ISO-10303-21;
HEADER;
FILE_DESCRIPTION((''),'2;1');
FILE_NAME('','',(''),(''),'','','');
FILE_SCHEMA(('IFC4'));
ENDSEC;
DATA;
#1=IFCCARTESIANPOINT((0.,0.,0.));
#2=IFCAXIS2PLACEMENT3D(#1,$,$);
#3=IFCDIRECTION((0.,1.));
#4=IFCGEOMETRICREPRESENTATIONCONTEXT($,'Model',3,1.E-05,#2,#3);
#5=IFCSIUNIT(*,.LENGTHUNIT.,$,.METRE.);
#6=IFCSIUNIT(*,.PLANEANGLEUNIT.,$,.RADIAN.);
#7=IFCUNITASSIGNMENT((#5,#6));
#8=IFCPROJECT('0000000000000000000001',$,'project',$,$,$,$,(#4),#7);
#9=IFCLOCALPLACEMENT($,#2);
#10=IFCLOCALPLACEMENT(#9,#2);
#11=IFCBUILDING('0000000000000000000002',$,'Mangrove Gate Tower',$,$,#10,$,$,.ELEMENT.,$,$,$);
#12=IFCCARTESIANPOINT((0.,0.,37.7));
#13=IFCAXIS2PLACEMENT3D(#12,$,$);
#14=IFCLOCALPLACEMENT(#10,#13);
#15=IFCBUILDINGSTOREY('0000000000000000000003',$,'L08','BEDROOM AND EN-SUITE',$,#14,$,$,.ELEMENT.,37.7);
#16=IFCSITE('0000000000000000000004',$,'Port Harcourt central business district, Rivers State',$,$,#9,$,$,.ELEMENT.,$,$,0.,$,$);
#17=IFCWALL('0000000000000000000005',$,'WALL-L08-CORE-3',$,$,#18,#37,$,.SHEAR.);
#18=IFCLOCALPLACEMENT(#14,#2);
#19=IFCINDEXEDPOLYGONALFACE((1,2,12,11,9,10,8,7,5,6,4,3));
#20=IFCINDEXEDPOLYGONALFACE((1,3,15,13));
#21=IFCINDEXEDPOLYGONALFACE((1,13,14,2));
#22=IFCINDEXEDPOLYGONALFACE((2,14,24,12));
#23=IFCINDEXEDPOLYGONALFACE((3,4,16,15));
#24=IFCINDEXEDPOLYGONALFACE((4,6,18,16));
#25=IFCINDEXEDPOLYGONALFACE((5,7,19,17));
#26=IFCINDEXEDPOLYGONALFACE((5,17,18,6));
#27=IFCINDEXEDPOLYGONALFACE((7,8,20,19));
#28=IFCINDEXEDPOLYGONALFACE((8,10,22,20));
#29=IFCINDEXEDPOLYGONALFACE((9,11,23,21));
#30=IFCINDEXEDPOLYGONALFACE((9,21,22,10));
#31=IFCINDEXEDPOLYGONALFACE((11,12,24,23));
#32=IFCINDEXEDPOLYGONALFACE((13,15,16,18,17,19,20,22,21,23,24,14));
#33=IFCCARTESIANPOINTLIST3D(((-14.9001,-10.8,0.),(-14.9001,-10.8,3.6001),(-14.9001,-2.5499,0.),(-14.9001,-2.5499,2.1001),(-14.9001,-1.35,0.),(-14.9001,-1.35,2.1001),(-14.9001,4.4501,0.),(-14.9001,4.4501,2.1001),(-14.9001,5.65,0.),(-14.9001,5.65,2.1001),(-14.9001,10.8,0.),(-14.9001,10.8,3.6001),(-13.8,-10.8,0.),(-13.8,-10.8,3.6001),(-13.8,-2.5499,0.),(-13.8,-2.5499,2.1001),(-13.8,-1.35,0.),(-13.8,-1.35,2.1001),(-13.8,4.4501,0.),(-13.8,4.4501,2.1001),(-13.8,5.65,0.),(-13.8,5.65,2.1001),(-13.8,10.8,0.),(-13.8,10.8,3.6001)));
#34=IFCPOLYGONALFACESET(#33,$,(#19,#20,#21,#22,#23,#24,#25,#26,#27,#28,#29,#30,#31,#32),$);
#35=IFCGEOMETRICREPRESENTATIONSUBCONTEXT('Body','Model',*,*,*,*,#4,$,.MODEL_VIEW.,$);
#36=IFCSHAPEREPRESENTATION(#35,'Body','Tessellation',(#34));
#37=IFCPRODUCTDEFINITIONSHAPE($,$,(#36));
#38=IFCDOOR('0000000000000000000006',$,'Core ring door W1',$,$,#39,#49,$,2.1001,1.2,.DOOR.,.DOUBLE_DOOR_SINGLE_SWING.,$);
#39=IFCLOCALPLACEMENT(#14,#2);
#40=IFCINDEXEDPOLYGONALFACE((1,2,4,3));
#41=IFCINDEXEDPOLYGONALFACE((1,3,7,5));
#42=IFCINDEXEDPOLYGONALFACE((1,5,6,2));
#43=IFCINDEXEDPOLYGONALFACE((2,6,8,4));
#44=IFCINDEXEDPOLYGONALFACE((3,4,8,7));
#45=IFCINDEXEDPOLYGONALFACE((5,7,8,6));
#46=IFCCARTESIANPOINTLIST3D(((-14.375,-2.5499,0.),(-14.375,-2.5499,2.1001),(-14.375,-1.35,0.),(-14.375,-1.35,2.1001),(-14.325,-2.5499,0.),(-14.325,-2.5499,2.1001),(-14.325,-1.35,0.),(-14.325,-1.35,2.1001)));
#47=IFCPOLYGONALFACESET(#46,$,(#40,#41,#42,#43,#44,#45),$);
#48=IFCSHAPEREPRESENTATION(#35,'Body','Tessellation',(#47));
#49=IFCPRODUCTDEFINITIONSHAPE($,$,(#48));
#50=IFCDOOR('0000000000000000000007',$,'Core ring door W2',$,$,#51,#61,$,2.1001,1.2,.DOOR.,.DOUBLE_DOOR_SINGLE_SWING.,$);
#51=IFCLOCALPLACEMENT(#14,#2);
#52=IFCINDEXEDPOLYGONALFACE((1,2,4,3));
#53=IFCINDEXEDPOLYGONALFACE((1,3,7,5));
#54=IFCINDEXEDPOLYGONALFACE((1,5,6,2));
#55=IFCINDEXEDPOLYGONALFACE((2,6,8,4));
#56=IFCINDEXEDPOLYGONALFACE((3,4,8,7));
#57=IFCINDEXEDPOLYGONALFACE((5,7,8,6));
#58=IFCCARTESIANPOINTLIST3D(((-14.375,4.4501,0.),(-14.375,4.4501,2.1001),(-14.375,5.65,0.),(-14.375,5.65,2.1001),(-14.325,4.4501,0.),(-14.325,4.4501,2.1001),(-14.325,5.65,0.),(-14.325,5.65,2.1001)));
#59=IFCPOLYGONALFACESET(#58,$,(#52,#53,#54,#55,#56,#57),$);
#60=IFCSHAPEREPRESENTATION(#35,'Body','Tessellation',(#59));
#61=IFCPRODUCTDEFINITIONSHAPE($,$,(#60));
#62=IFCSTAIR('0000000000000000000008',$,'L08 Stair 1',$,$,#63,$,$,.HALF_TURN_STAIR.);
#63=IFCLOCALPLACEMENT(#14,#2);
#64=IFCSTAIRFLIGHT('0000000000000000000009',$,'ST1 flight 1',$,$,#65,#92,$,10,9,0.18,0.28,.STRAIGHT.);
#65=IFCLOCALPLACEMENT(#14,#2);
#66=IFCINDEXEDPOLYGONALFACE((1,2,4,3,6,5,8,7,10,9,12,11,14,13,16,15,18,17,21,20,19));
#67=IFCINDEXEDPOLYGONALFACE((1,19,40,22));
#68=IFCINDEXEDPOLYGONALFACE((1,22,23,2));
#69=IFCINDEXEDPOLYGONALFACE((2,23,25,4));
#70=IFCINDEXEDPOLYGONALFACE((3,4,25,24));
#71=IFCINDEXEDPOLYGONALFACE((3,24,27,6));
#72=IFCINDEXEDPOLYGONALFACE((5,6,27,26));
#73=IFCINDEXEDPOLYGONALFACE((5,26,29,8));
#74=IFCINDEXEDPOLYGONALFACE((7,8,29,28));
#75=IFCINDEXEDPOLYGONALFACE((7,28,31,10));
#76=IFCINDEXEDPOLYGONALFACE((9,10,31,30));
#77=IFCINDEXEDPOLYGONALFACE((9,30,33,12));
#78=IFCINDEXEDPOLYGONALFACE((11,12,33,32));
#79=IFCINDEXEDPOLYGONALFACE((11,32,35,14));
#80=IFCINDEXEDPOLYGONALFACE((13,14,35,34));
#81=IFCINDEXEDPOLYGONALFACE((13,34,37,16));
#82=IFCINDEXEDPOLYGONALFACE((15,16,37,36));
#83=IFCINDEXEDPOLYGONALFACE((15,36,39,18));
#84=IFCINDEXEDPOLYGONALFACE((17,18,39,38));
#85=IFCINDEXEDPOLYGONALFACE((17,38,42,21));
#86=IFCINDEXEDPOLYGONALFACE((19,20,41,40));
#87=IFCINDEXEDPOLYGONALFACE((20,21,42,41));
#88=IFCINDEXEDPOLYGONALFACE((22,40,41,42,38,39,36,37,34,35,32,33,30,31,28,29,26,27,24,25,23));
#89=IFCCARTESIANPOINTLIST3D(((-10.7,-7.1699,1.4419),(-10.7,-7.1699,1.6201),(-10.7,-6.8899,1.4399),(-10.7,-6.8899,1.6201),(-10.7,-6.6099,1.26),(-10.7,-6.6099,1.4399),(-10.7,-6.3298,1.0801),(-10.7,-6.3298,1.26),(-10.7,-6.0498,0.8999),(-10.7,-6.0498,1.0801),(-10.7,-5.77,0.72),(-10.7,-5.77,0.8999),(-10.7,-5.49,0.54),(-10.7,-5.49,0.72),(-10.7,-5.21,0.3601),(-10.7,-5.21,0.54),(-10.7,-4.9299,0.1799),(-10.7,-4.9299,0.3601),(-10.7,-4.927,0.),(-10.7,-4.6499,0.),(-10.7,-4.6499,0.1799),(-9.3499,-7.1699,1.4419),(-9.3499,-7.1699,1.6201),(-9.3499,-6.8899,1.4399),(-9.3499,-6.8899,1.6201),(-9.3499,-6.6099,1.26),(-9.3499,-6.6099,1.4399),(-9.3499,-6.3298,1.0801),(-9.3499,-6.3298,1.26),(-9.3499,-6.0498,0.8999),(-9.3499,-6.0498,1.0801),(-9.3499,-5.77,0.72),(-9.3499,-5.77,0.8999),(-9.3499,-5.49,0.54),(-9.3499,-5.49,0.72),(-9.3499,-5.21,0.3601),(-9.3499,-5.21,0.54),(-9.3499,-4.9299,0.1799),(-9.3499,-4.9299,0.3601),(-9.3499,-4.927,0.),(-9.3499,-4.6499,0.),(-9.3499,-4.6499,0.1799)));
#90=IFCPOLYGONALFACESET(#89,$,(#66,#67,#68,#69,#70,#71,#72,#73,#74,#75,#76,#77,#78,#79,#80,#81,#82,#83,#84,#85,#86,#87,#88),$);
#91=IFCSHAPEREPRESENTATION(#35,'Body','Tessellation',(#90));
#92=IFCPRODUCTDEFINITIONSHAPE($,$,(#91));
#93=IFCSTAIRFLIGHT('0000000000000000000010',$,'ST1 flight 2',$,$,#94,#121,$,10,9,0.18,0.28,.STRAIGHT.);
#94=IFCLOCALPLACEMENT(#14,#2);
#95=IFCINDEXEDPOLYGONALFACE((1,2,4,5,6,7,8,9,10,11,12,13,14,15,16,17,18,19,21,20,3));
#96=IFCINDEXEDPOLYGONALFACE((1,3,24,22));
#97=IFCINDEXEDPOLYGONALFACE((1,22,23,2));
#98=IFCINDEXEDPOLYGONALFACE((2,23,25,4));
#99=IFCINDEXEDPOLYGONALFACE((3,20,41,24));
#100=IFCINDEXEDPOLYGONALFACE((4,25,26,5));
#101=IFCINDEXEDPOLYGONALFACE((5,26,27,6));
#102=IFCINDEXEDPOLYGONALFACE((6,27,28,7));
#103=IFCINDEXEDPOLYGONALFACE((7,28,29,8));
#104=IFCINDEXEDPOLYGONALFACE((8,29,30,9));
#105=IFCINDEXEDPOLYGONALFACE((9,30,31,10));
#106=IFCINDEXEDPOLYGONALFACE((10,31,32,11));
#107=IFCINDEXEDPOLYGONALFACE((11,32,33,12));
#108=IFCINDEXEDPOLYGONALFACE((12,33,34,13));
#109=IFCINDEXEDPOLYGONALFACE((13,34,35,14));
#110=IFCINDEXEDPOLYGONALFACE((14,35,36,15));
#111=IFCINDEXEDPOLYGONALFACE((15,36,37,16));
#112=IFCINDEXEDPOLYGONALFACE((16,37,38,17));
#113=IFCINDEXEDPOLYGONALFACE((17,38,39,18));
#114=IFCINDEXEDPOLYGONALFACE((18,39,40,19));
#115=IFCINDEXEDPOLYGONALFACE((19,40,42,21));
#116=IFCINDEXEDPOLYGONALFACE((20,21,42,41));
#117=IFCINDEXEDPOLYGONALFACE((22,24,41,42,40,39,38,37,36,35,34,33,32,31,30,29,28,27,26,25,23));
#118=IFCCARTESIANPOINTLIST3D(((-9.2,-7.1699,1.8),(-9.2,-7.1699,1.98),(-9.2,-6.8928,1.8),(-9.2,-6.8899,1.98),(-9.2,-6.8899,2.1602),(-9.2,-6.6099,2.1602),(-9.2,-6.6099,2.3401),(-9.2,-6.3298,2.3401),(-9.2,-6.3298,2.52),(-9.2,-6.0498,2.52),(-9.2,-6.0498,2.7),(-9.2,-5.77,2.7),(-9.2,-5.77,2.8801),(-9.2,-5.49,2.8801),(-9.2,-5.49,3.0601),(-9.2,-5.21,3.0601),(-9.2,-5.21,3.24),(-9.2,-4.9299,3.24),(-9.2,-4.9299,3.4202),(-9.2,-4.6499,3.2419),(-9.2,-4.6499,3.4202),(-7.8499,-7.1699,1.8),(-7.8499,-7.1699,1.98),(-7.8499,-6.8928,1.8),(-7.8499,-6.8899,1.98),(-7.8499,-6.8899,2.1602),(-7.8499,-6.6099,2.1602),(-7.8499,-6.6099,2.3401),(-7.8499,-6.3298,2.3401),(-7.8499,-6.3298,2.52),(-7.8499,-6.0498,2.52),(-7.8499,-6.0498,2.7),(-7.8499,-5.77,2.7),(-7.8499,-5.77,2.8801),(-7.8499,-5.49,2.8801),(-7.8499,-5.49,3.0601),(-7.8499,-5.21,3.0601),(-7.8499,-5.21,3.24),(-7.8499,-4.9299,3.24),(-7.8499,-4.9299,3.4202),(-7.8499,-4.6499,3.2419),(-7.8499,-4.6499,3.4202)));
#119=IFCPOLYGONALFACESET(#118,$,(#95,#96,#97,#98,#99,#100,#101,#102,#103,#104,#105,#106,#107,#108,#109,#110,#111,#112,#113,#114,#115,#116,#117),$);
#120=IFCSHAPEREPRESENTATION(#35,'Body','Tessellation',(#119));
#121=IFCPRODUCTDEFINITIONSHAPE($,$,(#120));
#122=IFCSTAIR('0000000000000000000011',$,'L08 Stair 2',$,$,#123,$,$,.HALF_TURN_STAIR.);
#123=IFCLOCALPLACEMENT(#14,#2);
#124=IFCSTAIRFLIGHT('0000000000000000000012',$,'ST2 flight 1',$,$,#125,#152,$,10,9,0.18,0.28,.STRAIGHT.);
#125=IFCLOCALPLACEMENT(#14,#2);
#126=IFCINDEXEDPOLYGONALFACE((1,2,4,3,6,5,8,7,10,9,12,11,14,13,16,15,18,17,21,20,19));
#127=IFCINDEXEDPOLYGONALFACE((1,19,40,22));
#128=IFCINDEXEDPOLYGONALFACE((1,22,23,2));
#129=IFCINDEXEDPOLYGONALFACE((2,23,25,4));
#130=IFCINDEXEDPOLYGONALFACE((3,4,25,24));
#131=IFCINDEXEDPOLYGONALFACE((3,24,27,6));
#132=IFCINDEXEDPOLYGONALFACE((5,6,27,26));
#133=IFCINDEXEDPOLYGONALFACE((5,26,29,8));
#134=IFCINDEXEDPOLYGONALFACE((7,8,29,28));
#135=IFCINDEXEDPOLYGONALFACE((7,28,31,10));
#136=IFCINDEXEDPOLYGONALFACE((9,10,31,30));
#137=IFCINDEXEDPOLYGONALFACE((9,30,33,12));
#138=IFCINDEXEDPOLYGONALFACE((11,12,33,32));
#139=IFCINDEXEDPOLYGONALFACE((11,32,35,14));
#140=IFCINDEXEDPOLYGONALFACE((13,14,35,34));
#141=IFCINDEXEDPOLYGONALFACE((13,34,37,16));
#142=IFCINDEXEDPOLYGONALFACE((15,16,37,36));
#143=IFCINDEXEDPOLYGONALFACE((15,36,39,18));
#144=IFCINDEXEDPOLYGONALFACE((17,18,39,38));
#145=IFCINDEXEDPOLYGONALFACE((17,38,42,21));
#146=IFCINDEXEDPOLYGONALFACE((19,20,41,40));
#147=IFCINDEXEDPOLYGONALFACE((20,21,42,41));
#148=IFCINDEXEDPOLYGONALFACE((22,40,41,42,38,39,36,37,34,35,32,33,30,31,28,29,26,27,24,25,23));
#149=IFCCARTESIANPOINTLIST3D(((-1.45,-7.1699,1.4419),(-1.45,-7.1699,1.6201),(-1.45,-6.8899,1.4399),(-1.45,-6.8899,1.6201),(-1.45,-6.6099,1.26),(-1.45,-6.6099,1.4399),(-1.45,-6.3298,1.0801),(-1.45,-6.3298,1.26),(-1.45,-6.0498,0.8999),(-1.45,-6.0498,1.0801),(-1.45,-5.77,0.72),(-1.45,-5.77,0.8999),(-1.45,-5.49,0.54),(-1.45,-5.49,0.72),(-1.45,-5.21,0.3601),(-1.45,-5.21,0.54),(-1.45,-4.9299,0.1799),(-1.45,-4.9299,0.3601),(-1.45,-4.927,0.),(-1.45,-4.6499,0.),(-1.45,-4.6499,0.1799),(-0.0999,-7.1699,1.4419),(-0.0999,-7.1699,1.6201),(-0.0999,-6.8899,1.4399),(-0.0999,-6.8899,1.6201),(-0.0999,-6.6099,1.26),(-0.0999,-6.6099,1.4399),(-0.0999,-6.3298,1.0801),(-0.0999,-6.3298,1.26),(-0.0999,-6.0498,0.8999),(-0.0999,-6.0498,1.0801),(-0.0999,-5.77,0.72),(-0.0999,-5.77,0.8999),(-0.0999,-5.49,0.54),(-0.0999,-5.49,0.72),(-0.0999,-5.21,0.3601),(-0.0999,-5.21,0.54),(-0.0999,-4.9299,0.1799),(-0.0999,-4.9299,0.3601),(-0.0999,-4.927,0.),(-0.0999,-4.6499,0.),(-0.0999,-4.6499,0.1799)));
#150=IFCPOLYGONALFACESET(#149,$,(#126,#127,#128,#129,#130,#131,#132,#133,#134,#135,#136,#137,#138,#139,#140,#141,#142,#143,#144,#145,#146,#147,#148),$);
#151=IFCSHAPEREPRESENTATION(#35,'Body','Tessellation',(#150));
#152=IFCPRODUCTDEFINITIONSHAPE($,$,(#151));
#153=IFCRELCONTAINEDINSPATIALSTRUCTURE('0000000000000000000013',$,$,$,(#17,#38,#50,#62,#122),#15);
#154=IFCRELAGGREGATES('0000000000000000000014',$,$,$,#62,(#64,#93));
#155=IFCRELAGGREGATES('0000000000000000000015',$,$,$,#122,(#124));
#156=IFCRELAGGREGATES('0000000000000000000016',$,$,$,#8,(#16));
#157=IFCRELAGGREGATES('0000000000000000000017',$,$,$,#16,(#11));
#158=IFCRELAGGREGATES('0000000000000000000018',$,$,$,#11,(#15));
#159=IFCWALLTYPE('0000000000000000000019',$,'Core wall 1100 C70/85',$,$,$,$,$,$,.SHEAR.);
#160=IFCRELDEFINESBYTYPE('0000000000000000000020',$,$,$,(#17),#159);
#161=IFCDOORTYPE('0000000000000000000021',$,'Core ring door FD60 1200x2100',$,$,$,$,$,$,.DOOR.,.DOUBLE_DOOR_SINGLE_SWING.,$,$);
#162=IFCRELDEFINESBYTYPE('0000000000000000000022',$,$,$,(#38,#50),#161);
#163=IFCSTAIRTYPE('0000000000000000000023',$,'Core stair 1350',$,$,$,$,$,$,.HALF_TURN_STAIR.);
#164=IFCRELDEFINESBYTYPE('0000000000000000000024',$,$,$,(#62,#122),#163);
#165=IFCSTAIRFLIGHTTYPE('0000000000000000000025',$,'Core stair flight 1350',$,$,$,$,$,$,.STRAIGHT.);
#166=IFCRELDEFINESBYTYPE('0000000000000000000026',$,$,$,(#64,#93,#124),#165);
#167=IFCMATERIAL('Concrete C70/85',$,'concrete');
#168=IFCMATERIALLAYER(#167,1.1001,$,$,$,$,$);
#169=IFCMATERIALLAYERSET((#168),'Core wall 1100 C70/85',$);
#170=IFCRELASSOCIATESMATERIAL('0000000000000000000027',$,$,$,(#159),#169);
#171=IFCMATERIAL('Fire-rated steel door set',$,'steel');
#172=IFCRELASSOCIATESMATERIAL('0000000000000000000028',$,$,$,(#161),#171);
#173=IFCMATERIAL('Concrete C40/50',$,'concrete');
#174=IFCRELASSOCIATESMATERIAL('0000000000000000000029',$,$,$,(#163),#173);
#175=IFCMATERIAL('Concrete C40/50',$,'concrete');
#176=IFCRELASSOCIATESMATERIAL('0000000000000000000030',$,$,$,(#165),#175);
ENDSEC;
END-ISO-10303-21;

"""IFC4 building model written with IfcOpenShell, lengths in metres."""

from ifc_helpers import new_model, si_unit, direction, frame, frame_2d, origin, place, context, subcontext, project, spatial, polyline, rectangle, outline, extrude, material, layer, layer_set, type_object, element, fill, aggregate, save


model = new_model("IFC4")

# Units and contexts
model_context = context("Model", 3, precision=1e-05, world=origin(), true_north=direction((0.0, 1.0)))
body_context = subcontext(model_context, "Body", "Model", "MODEL_VIEW")
ifc_project = project(units=[si_unit("LENGTHUNIT", "METRE"), si_unit("PLANEANGLEUNIT", "RADIAN")], contexts=[model_context])

# Site, building, storey
site_placement = place(None, origin())
site = spatial("IfcSite", under=ifc_project, at=site_placement, Name="Port Harcourt central business district, Rivers State", CompositionType="ELEMENT", RefElevation=0.0)
building_placement = place(site_placement, origin())
building = spatial("IfcBuilding", under=site, at=building_placement, Name="Mangrove Gate Tower", CompositionType="ELEMENT")
storey_placement = place(building_placement, frame((0.0, 0.0, 37.7)))
storey = spatial("IfcBuildingStorey", under=building, at=storey_placement, Name="L08", Description="BEDROOM AND EN-SUITE", CompositionType="ELEMENT", Elevation=37.7)

# Shared definitions
ifc_material_1 = material(Name="Concrete C70/85", Category="concrete")
ifc_layer_1 = layer(ifc_material_1, 1.1001)
ifc_layer_set_1 = layer_set([ifc_layer_1], Name="Core wall 1100 C70/85")
wall_type_1 = type_object("IfcWallType", Name="Core wall 1100 C70/85", PredefinedType="SHEAR", material=ifc_layer_set_1)

# Wall, openings, doors
wall_1_placement = place(storey_placement, frame((-14.3501, -10.8, 0.0), z_axis=(0.0, 0.0, 1.0), x_axis=(0.0, 1.0, 0.0)))
wall_1 = element("IfcWall", 1, at=wall_1_placement, inside=storey, type_object=wall_type_1, Name="WALL-L08-CORE-3", PredefinedType="SHEAR", context=body_context, shape_type="SweptSolid", body=[
    extrude(rectangle(XDim=21.6001, YDim=1.1001, at=frame_2d((10.8, 0.0))), origin(), (0.0, 0.0, 1.0), 3.6001),
])
opening_1_placement = place(wall_1_placement, frame((8.25, 0.0, 0.0)))
opening_1 = element("IfcOpeningElement", 2, at=opening_1_placement, cuts=wall_1, PredefinedType="OPENING", context=body_context, shape_type="SweptSolid", body=[
    extrude(rectangle(XDim=1.2, YDim=2.1001, at=frame_2d((0.6001, 1.05))), frame((0.0, 0.5601, 0.0), z_axis=(0.0, -1.0, 0.0), x_axis=(1.0, 0.0, 0.0)), (0.0, 0.0, 1.0), 1.1201),
])
opening_2_placement = place(wall_1_placement, frame((15.25, 0.0, 0.0)))
opening_2 = element("IfcOpeningElement", 3, at=opening_2_placement, cuts=wall_1, PredefinedType="OPENING", context=body_context, shape_type="SweptSolid", body=[
    extrude(rectangle(XDim=1.2, YDim=2.1001, at=frame_2d((0.6001, 1.05))), frame((0.0, 0.5601, 0.0), z_axis=(0.0, -1.0, 0.0), x_axis=(1.0, 0.0, 0.0)), (0.0, 0.0, 1.0), 1.1201),
])
ifc_material_2 = material(Name="Fire-rated steel door set", Category="steel")
door_type_1 = type_object("IfcDoorType", Name="Core ring door FD60 1200x2100", OperationType="DOUBLE_DOOR_SINGLE_SWING", PredefinedType="DOOR", material=ifc_material_2)
door_1_placement = place(opening_1_placement, origin())
door_1 = element("IfcDoor", 4, at=door_1_placement, inside=storey, type_object=door_type_1, Name="Core ring door W1", OperationType="DOUBLE_DOOR_SINGLE_SWING", OverallHeight=2.1001, OverallWidth=1.2, PredefinedType="DOOR", context=body_context, shape_type="SweptSolid", body=[
    extrude(rectangle(XDim=1.2, YDim=2.1001, at=frame_2d((0.6001, 1.05))), frame((0.0, 0.0249, 0.0), z_axis=(0.0, -1.0, 0.0), x_axis=(1.0, 0.0, 0.0)), (0.0, 0.0, 1.0), 0.05),
])
fill(opening_1, door_1)
door_2_placement = place(opening_2_placement, origin())
door_2 = element("IfcDoor", 5, at=door_2_placement, inside=storey, type_object=door_type_1, Name="Core ring door W2", OperationType="DOUBLE_DOOR_SINGLE_SWING", OverallHeight=2.1001, OverallWidth=1.2, PredefinedType="DOOR", context=body_context, shape_type="SweptSolid", body=[
    extrude(rectangle(XDim=1.2, YDim=2.1001, at=frame_2d((0.6001, 1.05))), frame((0.0, 0.0249, 0.0), z_axis=(0.0, -1.0, 0.0), x_axis=(1.0, 0.0, 0.0)), (0.0, 0.0, 1.0), 0.05),
])
fill(opening_2, door_2)

# Stair, stair flights
ifc_material_3 = material(Name="Concrete C40/50", Category="concrete")
stair_type = type_object("IfcStairType", Name="Core stair 1350", PredefinedType="HALF_TURN_STAIR", material=ifc_material_3)
stair_1_placement = place(storey_placement, origin())
stair_1 = element("IfcStair", 6, at=stair_1_placement, inside=storey, type_object=stair_type, Name="L08 Stair 1", PredefinedType="HALF_TURN_STAIR")
ifc_material_4 = material(Name="Concrete C40/50", Category="concrete")
stair_flight_type = type_object("IfcStairFlightType", Name="Core stair flight 1350", PredefinedType="STRAIGHT", material=ifc_material_4)
stair_flight_1_placement = place(storey_placement, frame((-10.0249, -4.6499, 0.0), z_axis=(0.0, 0.0, 1.0), x_axis=(0.0, -1.0, 0.0)))
stair_flight_1 = element("IfcStairFlight", 7, at=stair_flight_1_placement, type_object=stair_flight_type, Name="ST1 flight 1", NumberOfRisers=10, NumberOfTreads=9, PredefinedType="STRAIGHT", RiserHeight=0.18, TreadLength=0.28, context=body_context, shape_type="SweptSolid", body=[
    extrude(outline(polyline([(0.0, 0.0), (0.0, 0.1799), (0.28, 0.1799), (0.28, 0.3601), (0.5601, 0.3601), (0.5601, 0.54), (0.8401, 0.54), (0.8401, 0.72), (1.1201, 0.72), (1.1201, 0.8999), (1.3999, 0.8999), (1.3999, 1.0801), (1.6799, 1.0801), (1.6799, 1.26), (1.96, 1.26), (1.96, 1.4399), (2.24, 1.4399), (2.24, 1.6201), (2.52, 1.6201), (2.52, 1.8), (2.52, 1.4419), (0.2771, 0.0), (0.0, 0.0)])), frame((0.0, 0.675, 0.0), z_axis=(0.0, -1.0, 0.0), x_axis=(1.0, 0.0, 0.0)), (0.0, 0.0, 1.0), 1.3501),
])
stair_flight_2_placement = place(storey_placement, frame((-8.5249, -7.1699, 1.8), z_axis=(0.0, 0.0, 1.0), x_axis=(0.0, 1.0, 0.0)))
stair_flight_2 = element("IfcStairFlight", 8, at=stair_flight_2_placement, type_object=stair_flight_type, Name="ST1 flight 2", NumberOfRisers=10, NumberOfTreads=9, PredefinedType="STRAIGHT", RiserHeight=0.18, TreadLength=0.28, context=body_context, shape_type="SweptSolid", body=[
    extrude(outline(polyline([(0.0, 0.0), (0.0, 0.1799), (0.28, 0.1799), (0.28, 0.3601), (0.5601, 0.3601), (0.5601, 0.54), (0.8401, 0.54), (0.8401, 0.72), (1.1201, 0.72), (1.1201, 0.8999), (1.3999, 0.8999), (1.3999, 1.0801), (1.6799, 1.0801), (1.6799, 1.26), (1.96, 1.26), (1.96, 1.4399), (2.24, 1.4399), (2.24, 1.6201), (2.52, 1.6201), (2.52, 1.8), (2.52, 1.4419), (0.2771, 0.0), (0.0, 0.0)])), frame((0.0, 0.675, 0.0), z_axis=(0.0, -1.0, 0.0), x_axis=(1.0, 0.0, 0.0)), (0.0, 0.0, 1.0), 1.3501),
])
aggregate(stair_1, [stair_flight_1, stair_flight_2])

# Stair, stair flight
stair_2_placement = place(storey_placement, origin())
stair_2 = element("IfcStair", 9, at=stair_2_placement, inside=storey, type_object=stair_type, Name="L08 Stair 2", PredefinedType="HALF_TURN_STAIR")
stair_flight_3_placement = place(storey_placement, frame((-0.7749, -4.6499, 0.0), z_axis=(0.0, 0.0, 1.0), x_axis=(0.0, -1.0, 0.0)))
stair_flight_3 = element("IfcStairFlight", 10, at=stair_flight_3_placement, type_object=stair_flight_type, Name="ST2 flight 1", NumberOfRisers=10, NumberOfTreads=9, PredefinedType="STRAIGHT", RiserHeight=0.18, TreadLength=0.28, context=body_context, shape_type="SweptSolid", body=[
    extrude(outline(polyline([(0.0, 0.0), (0.0, 0.1799), (0.28, 0.1799), (0.28, 0.3601), (0.5601, 0.3601), (0.5601, 0.54), (0.8401, 0.54), (0.8401, 0.72), (1.1201, 0.72), (1.1201, 0.8999), (1.3999, 0.8999), (1.3999, 1.0801), (1.6799, 1.0801), (1.6799, 1.26), (1.96, 1.26), (1.96, 1.4399), (2.24, 1.4399), (2.24, 1.6201), (2.52, 1.6201), (2.52, 1.8), (2.52, 1.4419), (0.2771, 0.0), (0.0, 0.0)])), frame((0.0, 0.675, 0.0), z_axis=(0.0, -1.0, 0.0), x_axis=(1.0, 0.0, 0.0)), (0.0, 0.0, 1.0), 1.3501),
])
aggregate(stair_2, [stair_flight_3])

save(model, "model.ifc")
